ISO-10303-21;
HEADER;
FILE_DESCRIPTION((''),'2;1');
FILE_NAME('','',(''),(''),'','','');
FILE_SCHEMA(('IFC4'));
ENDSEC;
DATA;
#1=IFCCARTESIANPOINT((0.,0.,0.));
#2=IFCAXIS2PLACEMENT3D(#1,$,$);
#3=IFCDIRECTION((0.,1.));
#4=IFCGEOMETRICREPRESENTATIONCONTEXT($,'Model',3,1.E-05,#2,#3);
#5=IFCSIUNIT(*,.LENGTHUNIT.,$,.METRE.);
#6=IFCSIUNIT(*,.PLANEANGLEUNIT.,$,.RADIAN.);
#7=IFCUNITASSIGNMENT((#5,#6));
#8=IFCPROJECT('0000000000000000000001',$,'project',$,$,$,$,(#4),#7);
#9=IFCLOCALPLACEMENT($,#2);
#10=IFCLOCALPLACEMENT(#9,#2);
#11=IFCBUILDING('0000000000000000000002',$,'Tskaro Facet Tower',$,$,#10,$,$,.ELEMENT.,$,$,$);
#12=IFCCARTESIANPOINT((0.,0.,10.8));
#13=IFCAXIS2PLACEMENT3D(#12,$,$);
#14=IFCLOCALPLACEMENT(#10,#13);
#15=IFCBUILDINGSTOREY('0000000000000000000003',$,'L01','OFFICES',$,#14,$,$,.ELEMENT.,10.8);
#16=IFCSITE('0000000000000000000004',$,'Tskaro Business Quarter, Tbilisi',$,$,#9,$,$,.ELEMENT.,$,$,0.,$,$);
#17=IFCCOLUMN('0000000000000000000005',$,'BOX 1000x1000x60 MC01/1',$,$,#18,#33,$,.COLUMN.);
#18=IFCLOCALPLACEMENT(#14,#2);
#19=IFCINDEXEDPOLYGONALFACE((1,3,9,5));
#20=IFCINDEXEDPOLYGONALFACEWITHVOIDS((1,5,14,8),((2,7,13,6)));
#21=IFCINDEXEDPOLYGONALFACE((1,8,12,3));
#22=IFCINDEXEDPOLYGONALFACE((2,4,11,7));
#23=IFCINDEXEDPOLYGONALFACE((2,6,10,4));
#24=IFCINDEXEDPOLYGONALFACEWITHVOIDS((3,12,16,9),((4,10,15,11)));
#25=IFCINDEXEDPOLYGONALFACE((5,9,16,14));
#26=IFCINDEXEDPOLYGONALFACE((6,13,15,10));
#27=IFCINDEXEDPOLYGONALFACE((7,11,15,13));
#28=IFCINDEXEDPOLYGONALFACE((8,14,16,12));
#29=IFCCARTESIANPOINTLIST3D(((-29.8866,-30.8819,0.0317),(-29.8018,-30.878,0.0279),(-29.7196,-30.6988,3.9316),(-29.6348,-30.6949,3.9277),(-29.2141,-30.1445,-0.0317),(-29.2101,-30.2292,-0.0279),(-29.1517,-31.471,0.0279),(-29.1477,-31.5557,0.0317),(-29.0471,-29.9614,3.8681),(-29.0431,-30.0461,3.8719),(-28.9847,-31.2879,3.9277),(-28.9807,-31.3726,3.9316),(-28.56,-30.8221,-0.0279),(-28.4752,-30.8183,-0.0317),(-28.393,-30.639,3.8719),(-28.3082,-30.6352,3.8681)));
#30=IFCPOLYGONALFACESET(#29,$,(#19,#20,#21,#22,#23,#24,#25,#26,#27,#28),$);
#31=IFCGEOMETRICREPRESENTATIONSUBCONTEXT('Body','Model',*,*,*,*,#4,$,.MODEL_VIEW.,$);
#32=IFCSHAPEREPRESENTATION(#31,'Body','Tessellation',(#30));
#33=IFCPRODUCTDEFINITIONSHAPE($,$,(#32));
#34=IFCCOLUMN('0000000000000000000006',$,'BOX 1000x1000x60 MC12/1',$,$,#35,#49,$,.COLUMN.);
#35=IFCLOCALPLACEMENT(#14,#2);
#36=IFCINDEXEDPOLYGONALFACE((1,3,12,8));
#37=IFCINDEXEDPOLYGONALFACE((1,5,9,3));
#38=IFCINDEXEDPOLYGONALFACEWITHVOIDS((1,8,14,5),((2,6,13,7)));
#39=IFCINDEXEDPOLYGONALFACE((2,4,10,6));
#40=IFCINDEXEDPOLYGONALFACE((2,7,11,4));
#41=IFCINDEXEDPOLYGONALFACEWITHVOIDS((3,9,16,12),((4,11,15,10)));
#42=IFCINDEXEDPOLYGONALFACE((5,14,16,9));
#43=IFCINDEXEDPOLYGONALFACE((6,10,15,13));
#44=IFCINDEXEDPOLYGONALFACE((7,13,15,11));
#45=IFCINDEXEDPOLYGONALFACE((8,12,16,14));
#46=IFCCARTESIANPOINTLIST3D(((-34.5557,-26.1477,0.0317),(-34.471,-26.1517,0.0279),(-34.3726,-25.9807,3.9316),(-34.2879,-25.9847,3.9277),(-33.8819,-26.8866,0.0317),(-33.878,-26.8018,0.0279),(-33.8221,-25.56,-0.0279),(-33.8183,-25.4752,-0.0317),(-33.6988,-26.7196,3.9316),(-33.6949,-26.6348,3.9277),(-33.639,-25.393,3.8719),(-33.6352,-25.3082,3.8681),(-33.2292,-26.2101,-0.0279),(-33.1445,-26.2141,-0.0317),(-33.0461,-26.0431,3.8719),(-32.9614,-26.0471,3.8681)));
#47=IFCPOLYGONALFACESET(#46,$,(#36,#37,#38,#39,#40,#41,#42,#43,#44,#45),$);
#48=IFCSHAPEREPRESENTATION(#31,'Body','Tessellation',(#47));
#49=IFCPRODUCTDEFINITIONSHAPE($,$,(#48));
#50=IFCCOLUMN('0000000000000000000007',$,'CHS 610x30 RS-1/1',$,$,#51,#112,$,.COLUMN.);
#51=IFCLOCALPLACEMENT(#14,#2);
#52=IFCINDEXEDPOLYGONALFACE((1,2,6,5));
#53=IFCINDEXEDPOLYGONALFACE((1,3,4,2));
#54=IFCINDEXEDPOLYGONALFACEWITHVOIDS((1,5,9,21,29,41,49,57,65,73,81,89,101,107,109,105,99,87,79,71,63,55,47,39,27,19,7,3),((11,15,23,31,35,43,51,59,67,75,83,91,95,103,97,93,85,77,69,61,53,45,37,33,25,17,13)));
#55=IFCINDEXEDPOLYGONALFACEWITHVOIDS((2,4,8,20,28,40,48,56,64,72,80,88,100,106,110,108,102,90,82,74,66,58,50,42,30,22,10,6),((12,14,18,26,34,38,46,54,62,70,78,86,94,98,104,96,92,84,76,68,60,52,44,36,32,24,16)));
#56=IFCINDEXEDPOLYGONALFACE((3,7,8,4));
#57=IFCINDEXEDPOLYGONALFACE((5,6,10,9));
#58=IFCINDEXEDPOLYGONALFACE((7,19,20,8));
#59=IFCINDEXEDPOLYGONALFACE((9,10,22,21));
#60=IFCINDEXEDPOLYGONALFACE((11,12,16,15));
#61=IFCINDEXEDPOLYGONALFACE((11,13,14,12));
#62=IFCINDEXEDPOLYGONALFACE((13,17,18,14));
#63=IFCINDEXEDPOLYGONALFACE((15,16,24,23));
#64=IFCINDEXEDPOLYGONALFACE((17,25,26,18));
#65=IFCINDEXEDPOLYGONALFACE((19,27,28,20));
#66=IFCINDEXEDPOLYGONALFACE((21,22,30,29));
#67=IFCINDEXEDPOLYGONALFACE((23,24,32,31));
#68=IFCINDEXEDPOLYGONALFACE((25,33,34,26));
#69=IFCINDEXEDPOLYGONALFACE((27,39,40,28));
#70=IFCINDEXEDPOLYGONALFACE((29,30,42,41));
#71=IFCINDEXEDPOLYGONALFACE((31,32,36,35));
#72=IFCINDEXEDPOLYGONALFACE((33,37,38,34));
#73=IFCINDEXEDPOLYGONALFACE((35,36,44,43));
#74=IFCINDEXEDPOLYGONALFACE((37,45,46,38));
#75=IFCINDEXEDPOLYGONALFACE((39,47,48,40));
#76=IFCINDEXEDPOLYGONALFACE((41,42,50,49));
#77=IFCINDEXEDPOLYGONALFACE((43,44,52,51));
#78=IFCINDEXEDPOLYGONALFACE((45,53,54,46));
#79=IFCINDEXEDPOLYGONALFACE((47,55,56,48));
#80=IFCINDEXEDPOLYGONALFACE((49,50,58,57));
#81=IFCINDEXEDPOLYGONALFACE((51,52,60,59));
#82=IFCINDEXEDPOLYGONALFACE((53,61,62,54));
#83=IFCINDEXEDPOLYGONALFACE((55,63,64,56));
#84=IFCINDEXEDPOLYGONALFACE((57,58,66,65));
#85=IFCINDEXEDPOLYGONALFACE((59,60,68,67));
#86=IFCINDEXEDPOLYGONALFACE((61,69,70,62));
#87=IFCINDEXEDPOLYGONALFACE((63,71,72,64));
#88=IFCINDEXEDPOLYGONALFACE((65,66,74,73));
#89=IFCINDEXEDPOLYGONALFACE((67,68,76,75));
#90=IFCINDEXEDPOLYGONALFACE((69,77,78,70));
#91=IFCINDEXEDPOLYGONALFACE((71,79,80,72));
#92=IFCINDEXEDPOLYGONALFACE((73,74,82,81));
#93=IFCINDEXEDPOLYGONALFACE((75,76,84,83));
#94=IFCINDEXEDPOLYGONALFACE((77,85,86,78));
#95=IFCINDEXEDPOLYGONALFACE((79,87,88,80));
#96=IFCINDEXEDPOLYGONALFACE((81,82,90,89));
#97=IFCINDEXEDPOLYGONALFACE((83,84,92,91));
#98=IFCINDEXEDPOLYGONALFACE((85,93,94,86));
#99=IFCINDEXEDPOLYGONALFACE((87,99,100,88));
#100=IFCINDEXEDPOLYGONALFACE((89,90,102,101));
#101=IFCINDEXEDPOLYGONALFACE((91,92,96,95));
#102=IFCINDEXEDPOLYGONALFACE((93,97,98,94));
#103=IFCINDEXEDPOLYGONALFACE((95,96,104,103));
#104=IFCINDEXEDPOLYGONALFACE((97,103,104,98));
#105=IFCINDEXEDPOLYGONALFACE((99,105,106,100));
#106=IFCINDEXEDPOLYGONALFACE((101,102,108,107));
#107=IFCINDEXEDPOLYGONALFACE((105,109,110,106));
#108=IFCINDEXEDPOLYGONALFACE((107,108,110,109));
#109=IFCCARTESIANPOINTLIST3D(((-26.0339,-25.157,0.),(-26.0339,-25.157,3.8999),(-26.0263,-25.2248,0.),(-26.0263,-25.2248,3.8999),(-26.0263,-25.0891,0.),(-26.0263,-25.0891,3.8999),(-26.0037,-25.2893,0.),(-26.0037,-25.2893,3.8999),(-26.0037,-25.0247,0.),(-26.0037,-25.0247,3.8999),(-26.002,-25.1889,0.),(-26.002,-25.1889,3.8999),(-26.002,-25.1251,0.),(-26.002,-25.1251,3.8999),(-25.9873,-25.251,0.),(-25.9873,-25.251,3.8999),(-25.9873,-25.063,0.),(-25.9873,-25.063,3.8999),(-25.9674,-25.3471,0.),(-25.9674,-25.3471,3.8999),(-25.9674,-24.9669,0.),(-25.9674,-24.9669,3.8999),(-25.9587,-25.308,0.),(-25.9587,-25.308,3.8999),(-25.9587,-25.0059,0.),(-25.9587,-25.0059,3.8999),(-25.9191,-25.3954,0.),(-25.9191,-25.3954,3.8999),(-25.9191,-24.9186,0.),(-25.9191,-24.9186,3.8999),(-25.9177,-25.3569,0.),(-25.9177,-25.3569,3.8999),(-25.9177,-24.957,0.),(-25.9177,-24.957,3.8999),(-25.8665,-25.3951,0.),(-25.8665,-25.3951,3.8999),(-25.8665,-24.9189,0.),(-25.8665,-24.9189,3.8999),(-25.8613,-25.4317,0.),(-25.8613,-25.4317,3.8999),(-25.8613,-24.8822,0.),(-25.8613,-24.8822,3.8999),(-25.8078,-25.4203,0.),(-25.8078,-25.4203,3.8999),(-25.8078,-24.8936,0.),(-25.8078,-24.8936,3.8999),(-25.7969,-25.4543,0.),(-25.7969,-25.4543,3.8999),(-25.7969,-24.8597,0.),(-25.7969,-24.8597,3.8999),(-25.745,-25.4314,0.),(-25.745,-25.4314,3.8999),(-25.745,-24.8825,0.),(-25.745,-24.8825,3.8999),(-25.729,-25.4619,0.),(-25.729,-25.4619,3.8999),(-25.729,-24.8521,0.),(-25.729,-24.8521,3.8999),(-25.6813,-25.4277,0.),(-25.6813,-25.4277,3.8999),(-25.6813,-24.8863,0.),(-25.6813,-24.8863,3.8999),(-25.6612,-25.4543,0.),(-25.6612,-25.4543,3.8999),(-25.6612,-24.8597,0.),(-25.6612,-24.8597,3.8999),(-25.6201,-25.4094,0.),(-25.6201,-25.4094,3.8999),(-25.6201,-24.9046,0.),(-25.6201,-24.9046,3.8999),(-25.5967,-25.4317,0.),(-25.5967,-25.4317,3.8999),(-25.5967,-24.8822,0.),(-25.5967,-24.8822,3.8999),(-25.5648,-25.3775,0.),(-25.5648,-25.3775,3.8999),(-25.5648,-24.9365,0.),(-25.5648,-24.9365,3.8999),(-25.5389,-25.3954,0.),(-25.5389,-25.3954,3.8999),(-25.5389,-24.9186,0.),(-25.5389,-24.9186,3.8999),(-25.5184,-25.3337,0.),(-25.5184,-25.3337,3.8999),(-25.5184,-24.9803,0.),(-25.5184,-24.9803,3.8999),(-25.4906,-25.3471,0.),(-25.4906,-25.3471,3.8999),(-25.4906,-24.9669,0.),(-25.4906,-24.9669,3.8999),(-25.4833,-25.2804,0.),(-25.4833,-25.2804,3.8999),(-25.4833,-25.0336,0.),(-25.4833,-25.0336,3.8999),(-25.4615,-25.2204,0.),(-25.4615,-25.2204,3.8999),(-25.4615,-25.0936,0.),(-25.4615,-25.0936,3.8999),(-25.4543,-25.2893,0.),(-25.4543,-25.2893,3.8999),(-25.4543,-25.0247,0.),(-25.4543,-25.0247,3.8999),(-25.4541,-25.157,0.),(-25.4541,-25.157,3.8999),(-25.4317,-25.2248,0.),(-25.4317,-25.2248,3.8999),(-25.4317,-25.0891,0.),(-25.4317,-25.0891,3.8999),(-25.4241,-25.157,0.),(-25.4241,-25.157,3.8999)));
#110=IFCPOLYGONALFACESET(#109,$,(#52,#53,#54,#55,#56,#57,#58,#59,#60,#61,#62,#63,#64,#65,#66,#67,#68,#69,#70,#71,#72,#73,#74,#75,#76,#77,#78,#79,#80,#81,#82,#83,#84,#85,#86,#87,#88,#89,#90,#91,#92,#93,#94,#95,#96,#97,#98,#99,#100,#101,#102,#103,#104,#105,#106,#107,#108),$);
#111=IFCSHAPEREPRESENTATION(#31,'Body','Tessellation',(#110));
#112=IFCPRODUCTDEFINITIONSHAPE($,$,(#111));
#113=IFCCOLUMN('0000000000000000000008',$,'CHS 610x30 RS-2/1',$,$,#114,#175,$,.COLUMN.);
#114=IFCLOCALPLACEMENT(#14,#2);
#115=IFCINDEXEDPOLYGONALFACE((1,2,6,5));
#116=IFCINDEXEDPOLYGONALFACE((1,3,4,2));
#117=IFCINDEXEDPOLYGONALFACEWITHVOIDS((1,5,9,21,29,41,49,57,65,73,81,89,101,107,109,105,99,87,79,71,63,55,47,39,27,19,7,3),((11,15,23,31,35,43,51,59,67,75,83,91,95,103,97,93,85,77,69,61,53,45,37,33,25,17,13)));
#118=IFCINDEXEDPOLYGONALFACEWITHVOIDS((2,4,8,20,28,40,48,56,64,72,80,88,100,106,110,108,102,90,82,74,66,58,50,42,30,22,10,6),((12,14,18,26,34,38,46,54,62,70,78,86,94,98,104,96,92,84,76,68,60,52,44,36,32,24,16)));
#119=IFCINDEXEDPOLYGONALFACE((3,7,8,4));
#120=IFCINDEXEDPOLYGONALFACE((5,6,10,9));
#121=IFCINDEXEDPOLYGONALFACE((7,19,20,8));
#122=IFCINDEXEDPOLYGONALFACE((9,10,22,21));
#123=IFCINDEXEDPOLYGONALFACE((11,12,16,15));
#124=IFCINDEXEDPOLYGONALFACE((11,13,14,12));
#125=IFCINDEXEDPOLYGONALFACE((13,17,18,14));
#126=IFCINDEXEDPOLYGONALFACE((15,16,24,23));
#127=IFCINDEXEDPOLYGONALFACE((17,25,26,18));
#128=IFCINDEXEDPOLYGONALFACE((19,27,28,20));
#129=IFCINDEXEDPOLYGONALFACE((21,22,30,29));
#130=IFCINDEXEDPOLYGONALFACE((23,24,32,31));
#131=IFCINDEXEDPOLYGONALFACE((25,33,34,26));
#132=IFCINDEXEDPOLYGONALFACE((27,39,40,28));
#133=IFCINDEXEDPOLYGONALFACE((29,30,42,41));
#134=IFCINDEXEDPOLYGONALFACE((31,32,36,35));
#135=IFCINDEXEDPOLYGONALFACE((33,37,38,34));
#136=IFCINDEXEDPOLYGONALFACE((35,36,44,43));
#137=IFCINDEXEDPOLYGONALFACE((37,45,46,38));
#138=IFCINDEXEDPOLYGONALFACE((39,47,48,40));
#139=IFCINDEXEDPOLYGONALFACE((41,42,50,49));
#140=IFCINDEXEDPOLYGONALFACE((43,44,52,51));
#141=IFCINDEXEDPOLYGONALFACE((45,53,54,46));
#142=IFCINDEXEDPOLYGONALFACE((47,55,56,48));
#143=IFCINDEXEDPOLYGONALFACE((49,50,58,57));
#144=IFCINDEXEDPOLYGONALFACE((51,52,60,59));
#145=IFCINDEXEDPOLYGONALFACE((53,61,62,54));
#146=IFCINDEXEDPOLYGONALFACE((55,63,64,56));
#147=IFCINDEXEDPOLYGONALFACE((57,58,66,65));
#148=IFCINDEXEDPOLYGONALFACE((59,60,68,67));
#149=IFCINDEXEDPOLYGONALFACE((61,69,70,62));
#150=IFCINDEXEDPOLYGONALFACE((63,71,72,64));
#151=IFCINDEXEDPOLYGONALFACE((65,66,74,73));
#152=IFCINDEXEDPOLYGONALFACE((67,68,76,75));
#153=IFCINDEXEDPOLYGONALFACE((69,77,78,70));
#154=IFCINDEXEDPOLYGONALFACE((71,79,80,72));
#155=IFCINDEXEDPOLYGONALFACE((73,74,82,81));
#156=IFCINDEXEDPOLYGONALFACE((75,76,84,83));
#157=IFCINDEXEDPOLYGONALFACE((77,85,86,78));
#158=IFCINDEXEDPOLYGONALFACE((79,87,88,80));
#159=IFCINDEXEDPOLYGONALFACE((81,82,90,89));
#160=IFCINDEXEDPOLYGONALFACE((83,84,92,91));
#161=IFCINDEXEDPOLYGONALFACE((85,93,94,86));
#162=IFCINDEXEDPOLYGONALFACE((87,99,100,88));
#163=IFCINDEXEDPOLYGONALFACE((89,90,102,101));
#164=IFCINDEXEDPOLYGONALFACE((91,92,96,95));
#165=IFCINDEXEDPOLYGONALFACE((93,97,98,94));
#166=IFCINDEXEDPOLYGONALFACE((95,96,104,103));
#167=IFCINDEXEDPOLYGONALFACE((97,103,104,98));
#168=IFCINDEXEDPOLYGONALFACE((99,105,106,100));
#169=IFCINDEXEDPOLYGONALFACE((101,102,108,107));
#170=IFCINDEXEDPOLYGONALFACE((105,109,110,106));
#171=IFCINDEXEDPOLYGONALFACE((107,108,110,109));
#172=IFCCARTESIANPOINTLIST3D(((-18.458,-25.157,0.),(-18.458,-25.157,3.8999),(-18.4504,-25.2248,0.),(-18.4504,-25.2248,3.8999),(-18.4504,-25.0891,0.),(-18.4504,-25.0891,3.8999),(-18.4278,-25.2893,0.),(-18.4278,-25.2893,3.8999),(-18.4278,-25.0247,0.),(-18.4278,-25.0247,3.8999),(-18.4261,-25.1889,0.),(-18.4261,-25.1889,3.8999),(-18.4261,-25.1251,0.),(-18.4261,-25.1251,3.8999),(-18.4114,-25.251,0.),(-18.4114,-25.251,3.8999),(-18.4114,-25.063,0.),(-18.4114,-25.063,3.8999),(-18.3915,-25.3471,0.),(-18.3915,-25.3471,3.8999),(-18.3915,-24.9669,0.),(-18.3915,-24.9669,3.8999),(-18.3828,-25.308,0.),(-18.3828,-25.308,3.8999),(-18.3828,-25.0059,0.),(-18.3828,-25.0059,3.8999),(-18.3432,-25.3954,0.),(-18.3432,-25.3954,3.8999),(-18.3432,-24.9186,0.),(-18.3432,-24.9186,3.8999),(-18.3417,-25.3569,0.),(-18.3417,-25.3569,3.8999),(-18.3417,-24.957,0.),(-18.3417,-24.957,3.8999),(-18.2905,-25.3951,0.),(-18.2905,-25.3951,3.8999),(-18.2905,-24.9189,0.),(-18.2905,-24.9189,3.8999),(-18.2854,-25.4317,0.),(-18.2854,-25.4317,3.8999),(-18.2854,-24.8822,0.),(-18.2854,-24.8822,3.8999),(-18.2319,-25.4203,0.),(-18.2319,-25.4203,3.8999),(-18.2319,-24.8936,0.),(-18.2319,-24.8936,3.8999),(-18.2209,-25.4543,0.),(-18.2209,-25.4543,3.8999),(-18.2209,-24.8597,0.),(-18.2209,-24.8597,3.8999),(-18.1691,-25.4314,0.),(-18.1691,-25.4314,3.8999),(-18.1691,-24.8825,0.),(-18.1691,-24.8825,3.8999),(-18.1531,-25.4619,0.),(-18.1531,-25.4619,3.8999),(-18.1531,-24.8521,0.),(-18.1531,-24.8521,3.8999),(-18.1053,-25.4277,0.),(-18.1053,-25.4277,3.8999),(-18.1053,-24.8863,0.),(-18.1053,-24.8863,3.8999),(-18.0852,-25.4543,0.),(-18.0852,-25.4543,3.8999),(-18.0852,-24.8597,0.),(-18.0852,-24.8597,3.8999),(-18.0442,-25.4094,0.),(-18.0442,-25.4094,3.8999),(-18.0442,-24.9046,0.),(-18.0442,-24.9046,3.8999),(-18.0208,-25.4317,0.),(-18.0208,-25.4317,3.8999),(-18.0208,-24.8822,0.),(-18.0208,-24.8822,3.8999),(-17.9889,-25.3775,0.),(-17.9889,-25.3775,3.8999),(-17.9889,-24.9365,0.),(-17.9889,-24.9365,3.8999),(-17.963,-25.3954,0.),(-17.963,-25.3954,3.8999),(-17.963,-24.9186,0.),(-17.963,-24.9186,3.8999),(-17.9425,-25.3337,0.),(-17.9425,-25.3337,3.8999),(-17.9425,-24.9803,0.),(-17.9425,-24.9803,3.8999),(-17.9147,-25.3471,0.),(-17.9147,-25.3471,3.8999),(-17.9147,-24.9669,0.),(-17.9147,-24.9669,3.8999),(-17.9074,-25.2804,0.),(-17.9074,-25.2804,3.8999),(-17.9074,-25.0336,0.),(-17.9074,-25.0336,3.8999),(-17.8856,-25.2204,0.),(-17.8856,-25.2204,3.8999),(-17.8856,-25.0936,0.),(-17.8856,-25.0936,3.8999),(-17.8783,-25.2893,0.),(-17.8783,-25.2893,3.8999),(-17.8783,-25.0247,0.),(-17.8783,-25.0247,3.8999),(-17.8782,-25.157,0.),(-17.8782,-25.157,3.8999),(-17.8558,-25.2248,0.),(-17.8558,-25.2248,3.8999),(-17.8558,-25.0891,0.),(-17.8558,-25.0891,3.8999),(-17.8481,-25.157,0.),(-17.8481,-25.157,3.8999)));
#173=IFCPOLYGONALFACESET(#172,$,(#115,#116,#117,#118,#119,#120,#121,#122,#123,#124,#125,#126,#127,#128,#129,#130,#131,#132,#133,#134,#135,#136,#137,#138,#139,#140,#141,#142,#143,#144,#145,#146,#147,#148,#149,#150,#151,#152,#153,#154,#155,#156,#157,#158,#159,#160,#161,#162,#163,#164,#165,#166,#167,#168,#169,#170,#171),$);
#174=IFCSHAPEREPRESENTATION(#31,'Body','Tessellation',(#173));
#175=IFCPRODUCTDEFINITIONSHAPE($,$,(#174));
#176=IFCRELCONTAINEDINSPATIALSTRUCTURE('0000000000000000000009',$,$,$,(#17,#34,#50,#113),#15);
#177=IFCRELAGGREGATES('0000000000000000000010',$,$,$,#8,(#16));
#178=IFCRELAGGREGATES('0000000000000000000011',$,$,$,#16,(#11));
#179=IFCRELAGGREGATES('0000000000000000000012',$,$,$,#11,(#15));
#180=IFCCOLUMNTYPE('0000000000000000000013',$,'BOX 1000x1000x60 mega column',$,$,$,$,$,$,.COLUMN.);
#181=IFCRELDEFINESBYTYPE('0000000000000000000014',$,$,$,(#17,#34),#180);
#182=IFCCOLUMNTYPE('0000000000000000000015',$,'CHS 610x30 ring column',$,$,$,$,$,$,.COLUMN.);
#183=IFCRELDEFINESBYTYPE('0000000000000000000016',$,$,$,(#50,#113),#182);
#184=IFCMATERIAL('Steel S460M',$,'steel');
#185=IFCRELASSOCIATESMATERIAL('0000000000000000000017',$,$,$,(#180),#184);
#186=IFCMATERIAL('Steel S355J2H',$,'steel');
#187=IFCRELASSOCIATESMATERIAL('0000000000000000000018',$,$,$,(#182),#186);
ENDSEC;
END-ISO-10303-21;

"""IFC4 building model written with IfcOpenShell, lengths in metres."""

from ifc_helpers import new_model, si_unit, direction, frame, origin, origin_2d, place, context, subcontext, project, spatial, hollow_rectangle, hollow_circle, extrude, material, material_profile, profile_set, type_object, element, save


model = new_model("IFC4")

# Units and contexts
model_context = context("Model", 3, precision=1e-05, world=origin(), true_north=direction((0.0, 1.0)))
body_context = subcontext(model_context, "Body", "Model", "MODEL_VIEW")
ifc_project = project(units=[si_unit("LENGTHUNIT", "METRE"), si_unit("PLANEANGLEUNIT", "RADIAN")], contexts=[model_context])

# Site, building, storey
site_placement = place(None, origin())
site = spatial("IfcSite", under=ifc_project, at=site_placement, Name="Tskaro Business Quarter, Tbilisi", CompositionType="ELEMENT", RefElevation=0.0)
building_placement = place(site_placement, origin())
building = spatial("IfcBuilding", under=site, at=building_placement, Name="Tskaro Facet Tower", CompositionType="ELEMENT")
storey_placement = place(building_placement, frame((0.0, 0.0, 10.8)))
storey = spatial("IfcBuildingStorey", under=building, at=storey_placement, Name="L01", Description="OFFICES", CompositionType="ELEMENT", Elevation=10.8)

# Columns
ifc_material_1 = material(Name="Steel S460M", Category="steel")
ifc_material_profile_1 = material_profile(ifc_material_1, hollow_rectangle(XDim=1.0, YDim=1.0, WallThickness=0.0601, at=origin_2d()), Name="BOX 1000x1000x60")
ifc_profile_set_1 = profile_set([ifc_material_profile_1], Name="Steel S460M")
column_type_1 = type_object("IfcColumnType", Name="BOX 1000x1000x60 mega column", PredefinedType="COLUMN", material=ifc_profile_set_1)
for number, where, z_axis, x_axis, name in (
    (1, (-29.1809, -30.8501, 0.0), (0.042733, 0.046857, 0.997987), (-0.738869, 0.673849, 0.0), "BOX 1000x1000x60 MC01/1"),
    (2, (-33.8501, -26.1809, 0.0), (0.046857, 0.042733, 0.997987), (-0.673849, 0.738869, 0.0), "BOX 1000x1000x60 MC12/1"),
):
    element("IfcColumn", number, at=place(storey_placement, frame(where, z_axis=z_axis, x_axis=x_axis)), inside=storey, type_object=column_type_1, Name=name, PredefinedType="COLUMN", context=body_context, shape_type="SweptSolid", body=[
        extrude(hollow_rectangle(XDim=1.0, YDim=1.0, WallThickness=0.0601, at=origin_2d()), origin(), (0.0, 0.0, 1.0), 3.9077),
    ])
ifc_material_2 = material(Name="Steel S355J2H", Category="steel")
ifc_material_profile_2 = material_profile(ifc_material_2, hollow_circle(Radius=0.3049, WallThickness=0.03, at=origin_2d()), Name="CHS 610x30")
ifc_profile_set_2 = profile_set([ifc_material_profile_2], Name="Steel S355J2H")
column_type_2 = type_object("IfcColumnType", Name="CHS 610x30 ring column", PredefinedType="COLUMN", material=ifc_profile_set_2)
for number, where, z_axis, x_axis, name in (
    (3, (-25.729, -25.157, 0.0), (0.0, 0.0, 1.0), (1.0, 0.0, 0.0), "CHS 610x30 RS-1/1"),
    (4, (-18.1531, -25.157, 0.0), (0.0, 0.0, 1.0), (1.0, 0.0, 0.0), "CHS 610x30 RS-2/1"),
):
    element("IfcColumn", number, at=place(storey_placement, frame(where, z_axis=z_axis, x_axis=x_axis)), inside=storey, type_object=column_type_2, Name=name, PredefinedType="COLUMN", context=body_context, shape_type="SweptSolid", body=[
        extrude(hollow_circle(Radius=0.3049, WallThickness=0.03, at=origin_2d()), origin(), (0.0, 0.0, 1.0), 3.8999),
    ])

save(model, "model.ifc")
